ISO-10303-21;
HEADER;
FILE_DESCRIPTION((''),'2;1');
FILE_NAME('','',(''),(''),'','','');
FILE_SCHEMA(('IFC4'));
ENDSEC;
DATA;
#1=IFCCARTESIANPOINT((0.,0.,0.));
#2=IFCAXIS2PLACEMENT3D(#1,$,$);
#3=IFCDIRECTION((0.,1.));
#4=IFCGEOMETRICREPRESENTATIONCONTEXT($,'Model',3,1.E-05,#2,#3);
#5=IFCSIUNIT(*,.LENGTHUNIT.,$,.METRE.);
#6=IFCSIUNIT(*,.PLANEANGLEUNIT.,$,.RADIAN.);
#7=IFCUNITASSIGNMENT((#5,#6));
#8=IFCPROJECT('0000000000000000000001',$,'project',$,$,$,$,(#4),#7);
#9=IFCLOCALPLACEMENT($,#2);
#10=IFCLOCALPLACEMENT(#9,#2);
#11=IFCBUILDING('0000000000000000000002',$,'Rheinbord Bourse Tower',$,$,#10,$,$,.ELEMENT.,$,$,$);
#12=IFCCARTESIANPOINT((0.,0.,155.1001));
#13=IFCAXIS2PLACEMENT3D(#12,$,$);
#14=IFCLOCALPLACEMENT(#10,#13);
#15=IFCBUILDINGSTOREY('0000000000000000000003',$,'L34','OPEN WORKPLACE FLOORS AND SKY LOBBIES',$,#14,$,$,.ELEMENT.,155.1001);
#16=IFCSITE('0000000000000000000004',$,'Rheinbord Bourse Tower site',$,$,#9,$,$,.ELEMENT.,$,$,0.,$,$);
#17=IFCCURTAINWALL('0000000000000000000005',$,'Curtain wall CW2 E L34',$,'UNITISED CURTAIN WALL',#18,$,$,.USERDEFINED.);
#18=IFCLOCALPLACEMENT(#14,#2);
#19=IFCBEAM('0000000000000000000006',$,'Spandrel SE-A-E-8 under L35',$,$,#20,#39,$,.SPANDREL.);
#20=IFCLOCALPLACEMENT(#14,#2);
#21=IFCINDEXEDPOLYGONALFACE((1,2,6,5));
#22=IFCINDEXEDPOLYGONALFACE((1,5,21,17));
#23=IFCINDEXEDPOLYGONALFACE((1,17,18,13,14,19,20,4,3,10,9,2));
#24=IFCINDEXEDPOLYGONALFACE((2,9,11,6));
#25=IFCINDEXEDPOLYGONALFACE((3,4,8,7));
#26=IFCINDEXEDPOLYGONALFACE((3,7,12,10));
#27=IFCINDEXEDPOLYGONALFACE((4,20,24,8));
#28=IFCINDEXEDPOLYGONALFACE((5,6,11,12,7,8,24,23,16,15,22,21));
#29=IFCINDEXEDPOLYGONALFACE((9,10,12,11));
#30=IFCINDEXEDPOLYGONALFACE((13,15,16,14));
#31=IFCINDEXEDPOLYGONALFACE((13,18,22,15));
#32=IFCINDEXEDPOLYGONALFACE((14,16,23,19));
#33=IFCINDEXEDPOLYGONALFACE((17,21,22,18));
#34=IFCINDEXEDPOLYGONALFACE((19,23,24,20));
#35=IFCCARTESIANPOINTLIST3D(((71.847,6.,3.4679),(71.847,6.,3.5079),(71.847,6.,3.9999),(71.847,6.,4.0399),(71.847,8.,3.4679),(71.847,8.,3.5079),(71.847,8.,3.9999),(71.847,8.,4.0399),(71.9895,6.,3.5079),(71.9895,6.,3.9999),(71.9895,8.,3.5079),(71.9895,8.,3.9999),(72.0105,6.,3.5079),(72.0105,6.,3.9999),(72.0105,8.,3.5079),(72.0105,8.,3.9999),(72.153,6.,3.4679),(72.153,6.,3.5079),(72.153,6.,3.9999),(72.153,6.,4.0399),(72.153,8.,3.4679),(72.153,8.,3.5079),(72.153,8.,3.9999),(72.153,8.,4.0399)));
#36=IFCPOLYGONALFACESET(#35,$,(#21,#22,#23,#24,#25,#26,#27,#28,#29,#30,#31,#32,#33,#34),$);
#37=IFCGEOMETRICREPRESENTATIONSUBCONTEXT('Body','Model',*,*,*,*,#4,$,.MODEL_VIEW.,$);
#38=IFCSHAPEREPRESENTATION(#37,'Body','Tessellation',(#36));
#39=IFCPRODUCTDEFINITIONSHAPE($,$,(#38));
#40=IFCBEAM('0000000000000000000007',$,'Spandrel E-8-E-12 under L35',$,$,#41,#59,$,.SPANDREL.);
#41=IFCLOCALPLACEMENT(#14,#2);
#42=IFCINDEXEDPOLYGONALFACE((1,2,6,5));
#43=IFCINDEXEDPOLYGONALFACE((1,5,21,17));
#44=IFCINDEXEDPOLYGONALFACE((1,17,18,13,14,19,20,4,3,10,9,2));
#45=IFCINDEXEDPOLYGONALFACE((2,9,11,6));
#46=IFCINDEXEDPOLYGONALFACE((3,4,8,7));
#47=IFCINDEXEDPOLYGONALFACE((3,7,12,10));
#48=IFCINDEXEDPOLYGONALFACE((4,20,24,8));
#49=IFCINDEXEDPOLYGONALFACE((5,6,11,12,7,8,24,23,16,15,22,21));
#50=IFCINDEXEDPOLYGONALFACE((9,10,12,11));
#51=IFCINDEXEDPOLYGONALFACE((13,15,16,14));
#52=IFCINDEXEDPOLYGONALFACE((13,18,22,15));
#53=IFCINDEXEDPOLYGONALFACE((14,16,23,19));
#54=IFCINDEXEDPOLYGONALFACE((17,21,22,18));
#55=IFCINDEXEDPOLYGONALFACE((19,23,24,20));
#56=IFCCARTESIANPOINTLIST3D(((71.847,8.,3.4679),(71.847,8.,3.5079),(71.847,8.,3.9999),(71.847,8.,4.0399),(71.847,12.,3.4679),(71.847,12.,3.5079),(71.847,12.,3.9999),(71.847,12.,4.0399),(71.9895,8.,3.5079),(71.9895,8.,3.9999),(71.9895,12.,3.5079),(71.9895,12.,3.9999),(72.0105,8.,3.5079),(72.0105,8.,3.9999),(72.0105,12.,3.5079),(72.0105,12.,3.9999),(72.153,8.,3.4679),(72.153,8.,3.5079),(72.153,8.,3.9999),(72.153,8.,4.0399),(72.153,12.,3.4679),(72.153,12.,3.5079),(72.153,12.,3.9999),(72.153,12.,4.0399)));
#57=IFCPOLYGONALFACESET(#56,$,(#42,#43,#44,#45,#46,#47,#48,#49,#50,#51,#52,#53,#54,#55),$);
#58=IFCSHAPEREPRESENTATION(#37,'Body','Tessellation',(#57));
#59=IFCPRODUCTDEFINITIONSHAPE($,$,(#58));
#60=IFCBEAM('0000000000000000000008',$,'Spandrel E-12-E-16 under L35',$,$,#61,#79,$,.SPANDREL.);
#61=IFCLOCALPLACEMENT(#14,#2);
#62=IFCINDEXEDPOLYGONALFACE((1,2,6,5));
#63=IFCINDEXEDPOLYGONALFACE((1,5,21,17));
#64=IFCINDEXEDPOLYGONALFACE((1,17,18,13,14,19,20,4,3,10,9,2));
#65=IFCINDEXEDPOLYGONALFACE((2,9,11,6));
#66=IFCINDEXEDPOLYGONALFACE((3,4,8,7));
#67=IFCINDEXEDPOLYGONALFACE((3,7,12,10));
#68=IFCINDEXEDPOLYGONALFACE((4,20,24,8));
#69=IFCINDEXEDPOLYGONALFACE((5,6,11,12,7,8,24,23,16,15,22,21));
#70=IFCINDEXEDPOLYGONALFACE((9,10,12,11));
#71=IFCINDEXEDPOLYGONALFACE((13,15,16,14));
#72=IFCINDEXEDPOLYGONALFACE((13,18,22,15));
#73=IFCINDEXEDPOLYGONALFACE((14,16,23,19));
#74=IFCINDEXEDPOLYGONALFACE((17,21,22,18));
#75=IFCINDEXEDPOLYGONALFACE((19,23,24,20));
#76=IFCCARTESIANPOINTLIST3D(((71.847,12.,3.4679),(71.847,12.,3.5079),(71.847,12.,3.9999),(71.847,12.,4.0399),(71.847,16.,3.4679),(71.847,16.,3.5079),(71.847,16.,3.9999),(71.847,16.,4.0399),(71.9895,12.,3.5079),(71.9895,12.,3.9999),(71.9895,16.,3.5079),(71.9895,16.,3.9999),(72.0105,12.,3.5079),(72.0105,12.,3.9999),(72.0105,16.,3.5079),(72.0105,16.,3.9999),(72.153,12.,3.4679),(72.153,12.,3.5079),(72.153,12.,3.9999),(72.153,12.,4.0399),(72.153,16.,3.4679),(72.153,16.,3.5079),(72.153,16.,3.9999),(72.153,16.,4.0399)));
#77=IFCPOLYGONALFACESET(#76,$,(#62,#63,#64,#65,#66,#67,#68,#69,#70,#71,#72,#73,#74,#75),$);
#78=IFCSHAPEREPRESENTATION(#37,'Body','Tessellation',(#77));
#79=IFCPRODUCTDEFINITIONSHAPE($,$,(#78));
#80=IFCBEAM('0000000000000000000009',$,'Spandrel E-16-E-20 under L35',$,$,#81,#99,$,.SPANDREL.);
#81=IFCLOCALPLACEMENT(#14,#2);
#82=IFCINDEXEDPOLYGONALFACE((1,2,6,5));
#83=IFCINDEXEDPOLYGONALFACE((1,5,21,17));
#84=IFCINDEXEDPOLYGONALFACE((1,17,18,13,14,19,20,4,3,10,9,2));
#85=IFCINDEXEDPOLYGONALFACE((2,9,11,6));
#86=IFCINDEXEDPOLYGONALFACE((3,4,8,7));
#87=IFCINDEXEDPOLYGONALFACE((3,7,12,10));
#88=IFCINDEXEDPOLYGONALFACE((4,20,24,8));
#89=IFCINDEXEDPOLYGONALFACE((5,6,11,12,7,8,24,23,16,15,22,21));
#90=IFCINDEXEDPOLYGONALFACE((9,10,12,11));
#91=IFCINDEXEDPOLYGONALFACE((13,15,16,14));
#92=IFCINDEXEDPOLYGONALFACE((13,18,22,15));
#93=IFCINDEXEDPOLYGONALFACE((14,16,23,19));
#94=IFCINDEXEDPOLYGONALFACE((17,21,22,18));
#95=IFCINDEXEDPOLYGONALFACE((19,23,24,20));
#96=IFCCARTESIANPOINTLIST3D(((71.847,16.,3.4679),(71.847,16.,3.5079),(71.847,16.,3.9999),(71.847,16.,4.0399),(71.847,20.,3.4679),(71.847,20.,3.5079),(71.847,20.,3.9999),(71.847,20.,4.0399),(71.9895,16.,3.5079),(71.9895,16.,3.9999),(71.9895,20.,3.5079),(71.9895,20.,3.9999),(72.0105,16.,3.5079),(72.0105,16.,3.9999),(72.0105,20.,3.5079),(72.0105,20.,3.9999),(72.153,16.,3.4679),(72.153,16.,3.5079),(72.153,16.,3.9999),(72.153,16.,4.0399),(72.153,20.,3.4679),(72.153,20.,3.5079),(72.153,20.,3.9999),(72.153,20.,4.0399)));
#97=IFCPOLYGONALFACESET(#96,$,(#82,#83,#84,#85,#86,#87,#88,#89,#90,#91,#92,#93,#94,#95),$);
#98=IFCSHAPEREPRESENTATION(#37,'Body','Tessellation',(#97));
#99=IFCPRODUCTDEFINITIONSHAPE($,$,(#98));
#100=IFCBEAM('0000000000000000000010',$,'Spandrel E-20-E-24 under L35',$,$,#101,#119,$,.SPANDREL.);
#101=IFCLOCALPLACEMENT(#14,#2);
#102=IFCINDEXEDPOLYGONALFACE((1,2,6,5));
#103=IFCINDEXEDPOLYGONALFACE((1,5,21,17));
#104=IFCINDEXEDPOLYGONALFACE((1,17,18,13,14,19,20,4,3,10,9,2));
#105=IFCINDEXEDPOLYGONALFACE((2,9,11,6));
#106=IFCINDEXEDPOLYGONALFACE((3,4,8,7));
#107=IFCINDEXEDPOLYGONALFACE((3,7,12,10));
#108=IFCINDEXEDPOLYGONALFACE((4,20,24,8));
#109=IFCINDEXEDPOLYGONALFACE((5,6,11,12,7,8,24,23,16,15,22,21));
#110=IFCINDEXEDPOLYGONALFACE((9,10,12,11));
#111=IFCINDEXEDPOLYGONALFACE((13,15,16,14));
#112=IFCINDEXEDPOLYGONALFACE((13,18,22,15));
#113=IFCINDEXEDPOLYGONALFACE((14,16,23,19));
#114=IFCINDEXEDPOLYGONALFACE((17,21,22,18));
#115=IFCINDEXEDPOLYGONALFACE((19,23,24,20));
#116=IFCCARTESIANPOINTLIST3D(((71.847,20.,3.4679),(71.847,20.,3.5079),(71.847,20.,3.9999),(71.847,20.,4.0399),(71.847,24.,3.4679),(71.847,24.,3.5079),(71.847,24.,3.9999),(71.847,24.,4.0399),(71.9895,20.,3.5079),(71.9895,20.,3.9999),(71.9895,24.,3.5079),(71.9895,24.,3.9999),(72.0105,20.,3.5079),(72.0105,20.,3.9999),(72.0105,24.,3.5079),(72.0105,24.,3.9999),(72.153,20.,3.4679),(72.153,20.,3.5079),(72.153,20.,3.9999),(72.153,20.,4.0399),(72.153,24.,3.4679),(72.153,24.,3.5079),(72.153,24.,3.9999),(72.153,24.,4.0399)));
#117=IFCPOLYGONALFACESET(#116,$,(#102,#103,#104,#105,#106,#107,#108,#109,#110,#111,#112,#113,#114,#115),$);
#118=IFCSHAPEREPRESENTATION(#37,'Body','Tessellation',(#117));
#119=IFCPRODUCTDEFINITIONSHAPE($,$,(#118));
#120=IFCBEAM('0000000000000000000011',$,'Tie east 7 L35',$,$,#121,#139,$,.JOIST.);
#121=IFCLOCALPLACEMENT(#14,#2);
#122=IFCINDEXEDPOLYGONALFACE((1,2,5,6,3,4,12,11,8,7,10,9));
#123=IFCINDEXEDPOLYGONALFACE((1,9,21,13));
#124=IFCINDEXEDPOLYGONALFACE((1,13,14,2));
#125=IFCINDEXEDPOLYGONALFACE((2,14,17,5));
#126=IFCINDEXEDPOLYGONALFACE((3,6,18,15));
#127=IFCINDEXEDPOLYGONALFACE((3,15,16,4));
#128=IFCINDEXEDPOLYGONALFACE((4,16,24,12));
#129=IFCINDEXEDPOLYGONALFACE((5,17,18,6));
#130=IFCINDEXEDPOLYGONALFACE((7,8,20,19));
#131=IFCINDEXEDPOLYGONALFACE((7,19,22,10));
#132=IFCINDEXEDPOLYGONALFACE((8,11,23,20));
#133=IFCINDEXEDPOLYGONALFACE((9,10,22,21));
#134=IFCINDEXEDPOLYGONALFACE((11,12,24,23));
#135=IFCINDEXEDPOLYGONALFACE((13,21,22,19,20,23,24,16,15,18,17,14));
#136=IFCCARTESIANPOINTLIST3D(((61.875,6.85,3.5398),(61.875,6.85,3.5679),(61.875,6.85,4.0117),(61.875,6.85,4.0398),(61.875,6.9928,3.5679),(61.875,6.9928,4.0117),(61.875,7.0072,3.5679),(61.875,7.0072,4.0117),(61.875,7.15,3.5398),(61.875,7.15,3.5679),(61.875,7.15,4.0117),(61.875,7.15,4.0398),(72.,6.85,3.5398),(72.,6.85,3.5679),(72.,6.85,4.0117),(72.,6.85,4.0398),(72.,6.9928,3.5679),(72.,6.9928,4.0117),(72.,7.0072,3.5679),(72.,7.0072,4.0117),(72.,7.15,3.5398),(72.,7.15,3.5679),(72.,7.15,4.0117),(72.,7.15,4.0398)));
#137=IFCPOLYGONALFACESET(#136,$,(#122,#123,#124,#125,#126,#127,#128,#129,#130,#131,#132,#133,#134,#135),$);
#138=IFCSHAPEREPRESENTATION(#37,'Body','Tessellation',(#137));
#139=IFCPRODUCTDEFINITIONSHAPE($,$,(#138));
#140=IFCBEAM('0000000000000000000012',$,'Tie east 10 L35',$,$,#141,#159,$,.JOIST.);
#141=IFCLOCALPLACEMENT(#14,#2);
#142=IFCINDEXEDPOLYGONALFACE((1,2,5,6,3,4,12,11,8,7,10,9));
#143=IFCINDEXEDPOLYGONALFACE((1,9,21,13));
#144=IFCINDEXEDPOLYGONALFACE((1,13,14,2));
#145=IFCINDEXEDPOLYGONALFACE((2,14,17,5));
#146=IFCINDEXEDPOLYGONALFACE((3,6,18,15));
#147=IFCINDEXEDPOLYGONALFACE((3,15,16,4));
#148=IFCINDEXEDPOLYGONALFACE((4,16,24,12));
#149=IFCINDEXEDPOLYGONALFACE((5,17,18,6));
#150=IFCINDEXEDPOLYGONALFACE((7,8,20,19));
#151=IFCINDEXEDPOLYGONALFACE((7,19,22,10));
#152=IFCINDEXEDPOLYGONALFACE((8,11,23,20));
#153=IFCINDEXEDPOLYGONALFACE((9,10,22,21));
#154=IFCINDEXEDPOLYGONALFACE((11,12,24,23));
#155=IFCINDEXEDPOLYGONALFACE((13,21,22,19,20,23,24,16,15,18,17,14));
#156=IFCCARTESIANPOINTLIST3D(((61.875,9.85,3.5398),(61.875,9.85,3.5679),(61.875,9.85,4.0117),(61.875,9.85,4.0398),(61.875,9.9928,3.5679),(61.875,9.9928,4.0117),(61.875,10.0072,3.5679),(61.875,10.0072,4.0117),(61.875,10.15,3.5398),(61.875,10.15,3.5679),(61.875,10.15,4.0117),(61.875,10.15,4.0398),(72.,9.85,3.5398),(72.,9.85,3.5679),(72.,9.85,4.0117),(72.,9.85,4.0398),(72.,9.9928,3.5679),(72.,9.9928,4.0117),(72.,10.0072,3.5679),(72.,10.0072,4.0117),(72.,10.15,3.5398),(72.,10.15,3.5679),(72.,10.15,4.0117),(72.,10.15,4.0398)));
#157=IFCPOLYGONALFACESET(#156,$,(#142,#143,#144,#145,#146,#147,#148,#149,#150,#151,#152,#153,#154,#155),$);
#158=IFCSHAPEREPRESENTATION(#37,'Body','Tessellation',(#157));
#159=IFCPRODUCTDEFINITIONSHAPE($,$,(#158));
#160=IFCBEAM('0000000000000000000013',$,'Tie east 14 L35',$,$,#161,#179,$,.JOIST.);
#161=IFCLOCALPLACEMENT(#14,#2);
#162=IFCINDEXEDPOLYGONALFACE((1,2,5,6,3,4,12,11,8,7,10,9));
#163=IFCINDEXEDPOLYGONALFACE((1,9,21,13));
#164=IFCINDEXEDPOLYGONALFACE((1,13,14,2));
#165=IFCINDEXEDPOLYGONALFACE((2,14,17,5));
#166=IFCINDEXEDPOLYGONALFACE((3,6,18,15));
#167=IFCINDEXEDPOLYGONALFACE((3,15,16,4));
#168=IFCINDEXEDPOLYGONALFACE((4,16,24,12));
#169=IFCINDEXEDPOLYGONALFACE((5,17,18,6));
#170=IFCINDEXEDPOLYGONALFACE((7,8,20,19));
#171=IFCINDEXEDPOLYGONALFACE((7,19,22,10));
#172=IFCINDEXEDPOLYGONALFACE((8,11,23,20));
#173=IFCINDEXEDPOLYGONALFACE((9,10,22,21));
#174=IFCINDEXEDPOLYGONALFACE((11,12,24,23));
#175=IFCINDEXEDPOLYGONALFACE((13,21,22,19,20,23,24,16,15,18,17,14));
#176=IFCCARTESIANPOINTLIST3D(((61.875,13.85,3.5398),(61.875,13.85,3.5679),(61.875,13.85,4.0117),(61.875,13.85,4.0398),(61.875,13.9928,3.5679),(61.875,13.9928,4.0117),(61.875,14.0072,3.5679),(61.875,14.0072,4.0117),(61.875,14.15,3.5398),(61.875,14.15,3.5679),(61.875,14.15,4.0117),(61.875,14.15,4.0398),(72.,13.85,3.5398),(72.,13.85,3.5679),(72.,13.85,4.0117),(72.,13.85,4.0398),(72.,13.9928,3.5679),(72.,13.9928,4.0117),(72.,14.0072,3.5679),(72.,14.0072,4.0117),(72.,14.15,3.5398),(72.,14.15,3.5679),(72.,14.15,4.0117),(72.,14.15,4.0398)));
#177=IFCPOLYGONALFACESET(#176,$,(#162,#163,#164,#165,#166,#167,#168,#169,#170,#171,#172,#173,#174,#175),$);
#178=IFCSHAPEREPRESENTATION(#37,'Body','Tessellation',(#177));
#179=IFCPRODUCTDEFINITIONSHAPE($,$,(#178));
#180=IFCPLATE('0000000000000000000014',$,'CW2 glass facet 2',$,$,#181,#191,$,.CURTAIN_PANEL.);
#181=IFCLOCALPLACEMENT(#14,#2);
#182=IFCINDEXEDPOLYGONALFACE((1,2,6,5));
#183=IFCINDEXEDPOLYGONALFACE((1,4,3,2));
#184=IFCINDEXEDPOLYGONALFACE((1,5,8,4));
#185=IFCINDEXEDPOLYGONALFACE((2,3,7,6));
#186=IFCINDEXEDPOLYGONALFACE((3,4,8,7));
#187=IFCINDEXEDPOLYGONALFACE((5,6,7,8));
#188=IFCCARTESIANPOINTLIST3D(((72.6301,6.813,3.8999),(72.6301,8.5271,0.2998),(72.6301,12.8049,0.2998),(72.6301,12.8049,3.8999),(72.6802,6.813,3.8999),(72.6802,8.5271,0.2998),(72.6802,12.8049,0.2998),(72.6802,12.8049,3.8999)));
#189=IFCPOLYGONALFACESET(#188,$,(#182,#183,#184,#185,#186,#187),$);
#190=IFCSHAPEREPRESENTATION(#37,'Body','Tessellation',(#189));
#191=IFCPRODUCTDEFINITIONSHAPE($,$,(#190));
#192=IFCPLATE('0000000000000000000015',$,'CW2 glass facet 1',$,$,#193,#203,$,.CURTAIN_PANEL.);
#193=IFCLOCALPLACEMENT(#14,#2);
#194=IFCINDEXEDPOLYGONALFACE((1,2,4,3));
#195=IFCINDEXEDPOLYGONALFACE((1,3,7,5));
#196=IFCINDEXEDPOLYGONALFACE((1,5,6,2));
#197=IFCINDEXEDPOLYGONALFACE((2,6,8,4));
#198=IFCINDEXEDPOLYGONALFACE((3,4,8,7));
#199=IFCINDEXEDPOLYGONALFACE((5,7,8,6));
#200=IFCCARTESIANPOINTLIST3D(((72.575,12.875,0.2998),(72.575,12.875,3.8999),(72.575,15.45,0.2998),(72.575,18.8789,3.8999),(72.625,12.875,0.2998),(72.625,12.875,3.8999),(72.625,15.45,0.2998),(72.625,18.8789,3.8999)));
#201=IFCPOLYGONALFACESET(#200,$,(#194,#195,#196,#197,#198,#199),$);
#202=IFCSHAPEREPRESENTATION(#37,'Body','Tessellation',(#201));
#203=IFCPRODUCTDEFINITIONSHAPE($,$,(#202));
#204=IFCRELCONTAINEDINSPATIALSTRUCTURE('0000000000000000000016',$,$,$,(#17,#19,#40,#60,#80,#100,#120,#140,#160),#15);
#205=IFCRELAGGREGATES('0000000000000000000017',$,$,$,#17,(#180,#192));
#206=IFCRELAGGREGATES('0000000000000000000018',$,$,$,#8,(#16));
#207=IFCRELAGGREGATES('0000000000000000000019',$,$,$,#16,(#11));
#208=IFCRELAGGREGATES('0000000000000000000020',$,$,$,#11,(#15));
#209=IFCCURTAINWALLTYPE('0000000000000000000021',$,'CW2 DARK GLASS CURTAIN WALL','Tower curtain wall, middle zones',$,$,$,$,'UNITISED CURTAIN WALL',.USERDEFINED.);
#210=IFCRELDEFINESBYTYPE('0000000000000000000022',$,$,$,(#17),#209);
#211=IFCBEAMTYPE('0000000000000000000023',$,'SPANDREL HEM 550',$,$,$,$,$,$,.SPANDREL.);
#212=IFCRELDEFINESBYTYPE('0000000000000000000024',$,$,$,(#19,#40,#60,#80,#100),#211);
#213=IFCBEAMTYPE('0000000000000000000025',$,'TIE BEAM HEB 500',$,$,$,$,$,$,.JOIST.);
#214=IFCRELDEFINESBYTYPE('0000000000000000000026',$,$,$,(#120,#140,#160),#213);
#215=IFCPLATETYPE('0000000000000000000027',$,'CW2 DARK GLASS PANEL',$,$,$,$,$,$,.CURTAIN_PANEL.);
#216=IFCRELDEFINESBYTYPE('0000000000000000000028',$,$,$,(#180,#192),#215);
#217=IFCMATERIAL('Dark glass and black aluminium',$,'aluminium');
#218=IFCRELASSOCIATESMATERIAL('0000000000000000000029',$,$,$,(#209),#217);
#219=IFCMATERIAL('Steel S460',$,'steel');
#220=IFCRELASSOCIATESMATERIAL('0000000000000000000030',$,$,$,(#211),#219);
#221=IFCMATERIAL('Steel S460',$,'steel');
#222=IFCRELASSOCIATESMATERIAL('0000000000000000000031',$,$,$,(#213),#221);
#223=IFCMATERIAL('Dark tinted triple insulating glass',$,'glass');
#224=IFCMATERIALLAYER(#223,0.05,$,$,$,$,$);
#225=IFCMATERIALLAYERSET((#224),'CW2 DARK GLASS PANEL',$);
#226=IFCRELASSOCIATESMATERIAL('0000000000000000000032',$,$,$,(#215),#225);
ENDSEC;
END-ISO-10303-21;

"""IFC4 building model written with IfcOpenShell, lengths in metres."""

from ifc_helpers import new_model, si_unit, direction, frame, origin, origin_2d, place, context, subcontext, project, spatial, polyline, i_section, outline, extrude, material, layer, layer_set, material_profile, profile_set, type_object, element, aggregate, save


model = new_model("IFC4")

# Units and contexts
model_context = context("Model", 3, precision=1e-05, world=origin(), true_north=direction((0.0, 1.0)))
body_context = subcontext(model_context, "Body", "Model", "MODEL_VIEW")
ifc_project = project(units=[si_unit("LENGTHUNIT", "METRE"), si_unit("PLANEANGLEUNIT", "RADIAN")], contexts=[model_context])

# Site, building, storey
site_placement = place(None, origin())
site = spatial("IfcSite", under=ifc_project, at=site_placement, Name="Rheinbord Bourse Tower site", CompositionType="ELEMENT", RefElevation=0.0)
building_placement = place(site_placement, origin())
building = spatial("IfcBuilding", under=site, at=building_placement, Name="Rheinbord Bourse Tower", CompositionType="ELEMENT")
storey_placement = place(building_placement, frame((0.0, 0.0, 155.1001)))
storey = spatial("IfcBuildingStorey", under=building, at=storey_placement, Name="L34", Description="OPEN WORKPLACE FLOORS AND SKY LOBBIES", CompositionType="ELEMENT", Elevation=155.1001)

# Curtain wall
ifc_material_1 = material(Name="Dark glass and black aluminium", Category="aluminium")
curtain_wall_type = type_object("IfcCurtainWallType", Name="CW2 DARK GLASS CURTAIN WALL", Description="Tower curtain wall, middle zones", ElementType="UNITISED CURTAIN WALL", PredefinedType="USERDEFINED", material=ifc_material_1)
curtain_wall_placement = place(storey_placement, origin())
curtain_wall = element("IfcCurtainWall", 1, at=curtain_wall_placement, inside=storey, type_object=curtain_wall_type, Name="Curtain wall CW2 E L34", ObjectType="UNITISED CURTAIN WALL", PredefinedType="USERDEFINED")

# Beams
ifc_material_2 = material(Name="Steel S460", Category="steel")
ifc_material_profile_1 = material_profile(ifc_material_2, i_section(OverallWidth=0.3059, OverallDepth=0.572, WebThickness=0.021, FlangeThickness=0.04, at=origin_2d()), Name="HEM 550")
ifc_profile_set_1 = profile_set([ifc_material_profile_1], Name="Steel S460")
beam_type_1 = type_object("IfcBeamType", Name="SPANDREL HEM 550", PredefinedType="SPANDREL", material=ifc_profile_set_1)
beam_1_placement = place(storey_placement, frame((72.0, 6.0, 3.7539), z_axis=(0.0, 1.0, 0.0), x_axis=(-1.0, 0.0, 0.0)))
element("IfcBeam", 2, at=beam_1_placement, inside=storey, type_object=beam_type_1, Name="Spandrel SE-A-E-8 under L35", PredefinedType="SPANDREL", context=body_context, shape_type="SweptSolid", body=[
    extrude(i_section(OverallWidth=0.3059, OverallDepth=0.572, WebThickness=0.021, FlangeThickness=0.04, at=origin_2d()), origin(), (0.0, 0.0, 1.0), 2.0),
])
for number, where, z_axis, x_axis, name in (
    (3, (72.0, 8.0, 3.7539), (0.0, 1.0, 0.0), (-1.0, 0.0, 0.0), "Spandrel E-8-E-12 under L35"),
    (4, (72.0, 12.0, 3.7539), (0.0, 1.0, 0.0), (-1.0, 0.0, 0.0), "Spandrel E-12-E-16 under L35"),
    (5, (72.0, 16.0, 3.7539), (0.0, 1.0, 0.0), (-1.0, 0.0, 0.0), "Spandrel E-16-E-20 under L35"),
    (6, (72.0, 20.0, 3.7539), (0.0, 1.0, 0.0), (-1.0, 0.0, 0.0), "Spandrel E-20-E-24 under L35"),
):
    element("IfcBeam", number, at=place(storey_placement, frame(where, z_axis=z_axis, x_axis=x_axis)), inside=storey, type_object=beam_type_1, Name=name, PredefinedType="SPANDREL", context=body_context, shape_type="SweptSolid", body=[
        extrude(i_section(OverallWidth=0.3059, OverallDepth=0.572, WebThickness=0.021, FlangeThickness=0.04, at=origin_2d()), origin(), (0.0, 0.0, 1.0), 4.0),
    ])
ifc_material_3 = material(Name="Steel S460", Category="steel")
ifc_material_profile_2 = material_profile(ifc_material_3, i_section(OverallWidth=0.3, OverallDepth=0.5, WebThickness=0.0144, FlangeThickness=0.0281, at=origin_2d()), Name="HEB 500")
ifc_profile_set_2 = profile_set([ifc_material_profile_2], Name="Steel S460")
beam_type_2 = type_object("IfcBeamType", Name="TIE BEAM HEB 500", PredefinedType="JOIST", material=ifc_profile_set_2)
for number, where, z_axis, x_axis, name in (
    (7, (61.875, 7.0, 3.7898), (1.0, 0.0, 0.0), (0.0, 1.0, 0.0), "Tie east 7 L35"),
    (8, (61.875, 10.0, 3.7898), (1.0, 0.0, 0.0), (0.0, 1.0, 0.0), "Tie east 10 L35"),
    (9, (61.875, 14.0, 3.7898), (1.0, 0.0, 0.0), (0.0, 1.0, 0.0), "Tie east 14 L35"),
):
    element("IfcBeam", number, at=place(storey_placement, frame(where, z_axis=z_axis, x_axis=x_axis)), inside=storey, type_object=beam_type_2, Name=name, PredefinedType="JOIST", context=body_context, shape_type="SweptSolid", body=[
        extrude(i_section(OverallWidth=0.3, OverallDepth=0.5, WebThickness=0.0144, FlangeThickness=0.0281, at=origin_2d()), origin(), (0.0, 0.0, 1.0), 10.125),
    ])

# Plates
ifc_material_4 = material(Name="Dark tinted triple insulating glass", Category="glass")
ifc_layer_1 = layer(ifc_material_4, 0.05)
ifc_layer_set_1 = layer_set([ifc_layer_1], Name="CW2 DARK GLASS PANEL")
plate_type = type_object("IfcPlateType", Name="CW2 DARK GLASS PANEL", PredefinedType="CURTAIN_PANEL", material=ifc_layer_set_1)
plate_1_placement = place(storey_placement, frame((72.6802, 12.8049, 3.8999), z_axis=(-1.0, 0.0, 0.0), x_axis=(0.0, 0.0, -1.0)))
plate_1 = element("IfcPlate", 10, at=plate_1_placement, type_object=plate_type, Name="CW2 glass facet 2", PredefinedType="CURTAIN_PANEL", context=body_context, shape_type="SweptSolid", body=[
    extrude(outline(polyline([(0.0, 0.0), (3.6001, 0.0), (3.6001, 4.2778), (0.0, 5.9919), (0.0, 0.0)])), origin(), (0.0, 0.0, 1.0), 0.05),
])
plate_2_placement = place(storey_placement, frame((72.625, 12.875, 0.2998), z_axis=(-1.0, 0.0, 0.0), x_axis=(0.0, 0.0, 1.0)))
plate_2 = element("IfcPlate", 11, at=plate_2_placement, type_object=plate_type, Name="CW2 glass facet 1", PredefinedType="CURTAIN_PANEL", context=body_context, shape_type="SweptSolid", body=[
    extrude(outline(polyline([(0.0, 0.0), (3.6001, 0.0), (3.6001, 6.0039), (0.0, 2.575), (0.0, 0.0)])), origin(), (0.0, 0.0, 1.0), 0.05),
])
aggregate(curtain_wall, [plate_1, plate_2])

save(model, "model.ifc")
